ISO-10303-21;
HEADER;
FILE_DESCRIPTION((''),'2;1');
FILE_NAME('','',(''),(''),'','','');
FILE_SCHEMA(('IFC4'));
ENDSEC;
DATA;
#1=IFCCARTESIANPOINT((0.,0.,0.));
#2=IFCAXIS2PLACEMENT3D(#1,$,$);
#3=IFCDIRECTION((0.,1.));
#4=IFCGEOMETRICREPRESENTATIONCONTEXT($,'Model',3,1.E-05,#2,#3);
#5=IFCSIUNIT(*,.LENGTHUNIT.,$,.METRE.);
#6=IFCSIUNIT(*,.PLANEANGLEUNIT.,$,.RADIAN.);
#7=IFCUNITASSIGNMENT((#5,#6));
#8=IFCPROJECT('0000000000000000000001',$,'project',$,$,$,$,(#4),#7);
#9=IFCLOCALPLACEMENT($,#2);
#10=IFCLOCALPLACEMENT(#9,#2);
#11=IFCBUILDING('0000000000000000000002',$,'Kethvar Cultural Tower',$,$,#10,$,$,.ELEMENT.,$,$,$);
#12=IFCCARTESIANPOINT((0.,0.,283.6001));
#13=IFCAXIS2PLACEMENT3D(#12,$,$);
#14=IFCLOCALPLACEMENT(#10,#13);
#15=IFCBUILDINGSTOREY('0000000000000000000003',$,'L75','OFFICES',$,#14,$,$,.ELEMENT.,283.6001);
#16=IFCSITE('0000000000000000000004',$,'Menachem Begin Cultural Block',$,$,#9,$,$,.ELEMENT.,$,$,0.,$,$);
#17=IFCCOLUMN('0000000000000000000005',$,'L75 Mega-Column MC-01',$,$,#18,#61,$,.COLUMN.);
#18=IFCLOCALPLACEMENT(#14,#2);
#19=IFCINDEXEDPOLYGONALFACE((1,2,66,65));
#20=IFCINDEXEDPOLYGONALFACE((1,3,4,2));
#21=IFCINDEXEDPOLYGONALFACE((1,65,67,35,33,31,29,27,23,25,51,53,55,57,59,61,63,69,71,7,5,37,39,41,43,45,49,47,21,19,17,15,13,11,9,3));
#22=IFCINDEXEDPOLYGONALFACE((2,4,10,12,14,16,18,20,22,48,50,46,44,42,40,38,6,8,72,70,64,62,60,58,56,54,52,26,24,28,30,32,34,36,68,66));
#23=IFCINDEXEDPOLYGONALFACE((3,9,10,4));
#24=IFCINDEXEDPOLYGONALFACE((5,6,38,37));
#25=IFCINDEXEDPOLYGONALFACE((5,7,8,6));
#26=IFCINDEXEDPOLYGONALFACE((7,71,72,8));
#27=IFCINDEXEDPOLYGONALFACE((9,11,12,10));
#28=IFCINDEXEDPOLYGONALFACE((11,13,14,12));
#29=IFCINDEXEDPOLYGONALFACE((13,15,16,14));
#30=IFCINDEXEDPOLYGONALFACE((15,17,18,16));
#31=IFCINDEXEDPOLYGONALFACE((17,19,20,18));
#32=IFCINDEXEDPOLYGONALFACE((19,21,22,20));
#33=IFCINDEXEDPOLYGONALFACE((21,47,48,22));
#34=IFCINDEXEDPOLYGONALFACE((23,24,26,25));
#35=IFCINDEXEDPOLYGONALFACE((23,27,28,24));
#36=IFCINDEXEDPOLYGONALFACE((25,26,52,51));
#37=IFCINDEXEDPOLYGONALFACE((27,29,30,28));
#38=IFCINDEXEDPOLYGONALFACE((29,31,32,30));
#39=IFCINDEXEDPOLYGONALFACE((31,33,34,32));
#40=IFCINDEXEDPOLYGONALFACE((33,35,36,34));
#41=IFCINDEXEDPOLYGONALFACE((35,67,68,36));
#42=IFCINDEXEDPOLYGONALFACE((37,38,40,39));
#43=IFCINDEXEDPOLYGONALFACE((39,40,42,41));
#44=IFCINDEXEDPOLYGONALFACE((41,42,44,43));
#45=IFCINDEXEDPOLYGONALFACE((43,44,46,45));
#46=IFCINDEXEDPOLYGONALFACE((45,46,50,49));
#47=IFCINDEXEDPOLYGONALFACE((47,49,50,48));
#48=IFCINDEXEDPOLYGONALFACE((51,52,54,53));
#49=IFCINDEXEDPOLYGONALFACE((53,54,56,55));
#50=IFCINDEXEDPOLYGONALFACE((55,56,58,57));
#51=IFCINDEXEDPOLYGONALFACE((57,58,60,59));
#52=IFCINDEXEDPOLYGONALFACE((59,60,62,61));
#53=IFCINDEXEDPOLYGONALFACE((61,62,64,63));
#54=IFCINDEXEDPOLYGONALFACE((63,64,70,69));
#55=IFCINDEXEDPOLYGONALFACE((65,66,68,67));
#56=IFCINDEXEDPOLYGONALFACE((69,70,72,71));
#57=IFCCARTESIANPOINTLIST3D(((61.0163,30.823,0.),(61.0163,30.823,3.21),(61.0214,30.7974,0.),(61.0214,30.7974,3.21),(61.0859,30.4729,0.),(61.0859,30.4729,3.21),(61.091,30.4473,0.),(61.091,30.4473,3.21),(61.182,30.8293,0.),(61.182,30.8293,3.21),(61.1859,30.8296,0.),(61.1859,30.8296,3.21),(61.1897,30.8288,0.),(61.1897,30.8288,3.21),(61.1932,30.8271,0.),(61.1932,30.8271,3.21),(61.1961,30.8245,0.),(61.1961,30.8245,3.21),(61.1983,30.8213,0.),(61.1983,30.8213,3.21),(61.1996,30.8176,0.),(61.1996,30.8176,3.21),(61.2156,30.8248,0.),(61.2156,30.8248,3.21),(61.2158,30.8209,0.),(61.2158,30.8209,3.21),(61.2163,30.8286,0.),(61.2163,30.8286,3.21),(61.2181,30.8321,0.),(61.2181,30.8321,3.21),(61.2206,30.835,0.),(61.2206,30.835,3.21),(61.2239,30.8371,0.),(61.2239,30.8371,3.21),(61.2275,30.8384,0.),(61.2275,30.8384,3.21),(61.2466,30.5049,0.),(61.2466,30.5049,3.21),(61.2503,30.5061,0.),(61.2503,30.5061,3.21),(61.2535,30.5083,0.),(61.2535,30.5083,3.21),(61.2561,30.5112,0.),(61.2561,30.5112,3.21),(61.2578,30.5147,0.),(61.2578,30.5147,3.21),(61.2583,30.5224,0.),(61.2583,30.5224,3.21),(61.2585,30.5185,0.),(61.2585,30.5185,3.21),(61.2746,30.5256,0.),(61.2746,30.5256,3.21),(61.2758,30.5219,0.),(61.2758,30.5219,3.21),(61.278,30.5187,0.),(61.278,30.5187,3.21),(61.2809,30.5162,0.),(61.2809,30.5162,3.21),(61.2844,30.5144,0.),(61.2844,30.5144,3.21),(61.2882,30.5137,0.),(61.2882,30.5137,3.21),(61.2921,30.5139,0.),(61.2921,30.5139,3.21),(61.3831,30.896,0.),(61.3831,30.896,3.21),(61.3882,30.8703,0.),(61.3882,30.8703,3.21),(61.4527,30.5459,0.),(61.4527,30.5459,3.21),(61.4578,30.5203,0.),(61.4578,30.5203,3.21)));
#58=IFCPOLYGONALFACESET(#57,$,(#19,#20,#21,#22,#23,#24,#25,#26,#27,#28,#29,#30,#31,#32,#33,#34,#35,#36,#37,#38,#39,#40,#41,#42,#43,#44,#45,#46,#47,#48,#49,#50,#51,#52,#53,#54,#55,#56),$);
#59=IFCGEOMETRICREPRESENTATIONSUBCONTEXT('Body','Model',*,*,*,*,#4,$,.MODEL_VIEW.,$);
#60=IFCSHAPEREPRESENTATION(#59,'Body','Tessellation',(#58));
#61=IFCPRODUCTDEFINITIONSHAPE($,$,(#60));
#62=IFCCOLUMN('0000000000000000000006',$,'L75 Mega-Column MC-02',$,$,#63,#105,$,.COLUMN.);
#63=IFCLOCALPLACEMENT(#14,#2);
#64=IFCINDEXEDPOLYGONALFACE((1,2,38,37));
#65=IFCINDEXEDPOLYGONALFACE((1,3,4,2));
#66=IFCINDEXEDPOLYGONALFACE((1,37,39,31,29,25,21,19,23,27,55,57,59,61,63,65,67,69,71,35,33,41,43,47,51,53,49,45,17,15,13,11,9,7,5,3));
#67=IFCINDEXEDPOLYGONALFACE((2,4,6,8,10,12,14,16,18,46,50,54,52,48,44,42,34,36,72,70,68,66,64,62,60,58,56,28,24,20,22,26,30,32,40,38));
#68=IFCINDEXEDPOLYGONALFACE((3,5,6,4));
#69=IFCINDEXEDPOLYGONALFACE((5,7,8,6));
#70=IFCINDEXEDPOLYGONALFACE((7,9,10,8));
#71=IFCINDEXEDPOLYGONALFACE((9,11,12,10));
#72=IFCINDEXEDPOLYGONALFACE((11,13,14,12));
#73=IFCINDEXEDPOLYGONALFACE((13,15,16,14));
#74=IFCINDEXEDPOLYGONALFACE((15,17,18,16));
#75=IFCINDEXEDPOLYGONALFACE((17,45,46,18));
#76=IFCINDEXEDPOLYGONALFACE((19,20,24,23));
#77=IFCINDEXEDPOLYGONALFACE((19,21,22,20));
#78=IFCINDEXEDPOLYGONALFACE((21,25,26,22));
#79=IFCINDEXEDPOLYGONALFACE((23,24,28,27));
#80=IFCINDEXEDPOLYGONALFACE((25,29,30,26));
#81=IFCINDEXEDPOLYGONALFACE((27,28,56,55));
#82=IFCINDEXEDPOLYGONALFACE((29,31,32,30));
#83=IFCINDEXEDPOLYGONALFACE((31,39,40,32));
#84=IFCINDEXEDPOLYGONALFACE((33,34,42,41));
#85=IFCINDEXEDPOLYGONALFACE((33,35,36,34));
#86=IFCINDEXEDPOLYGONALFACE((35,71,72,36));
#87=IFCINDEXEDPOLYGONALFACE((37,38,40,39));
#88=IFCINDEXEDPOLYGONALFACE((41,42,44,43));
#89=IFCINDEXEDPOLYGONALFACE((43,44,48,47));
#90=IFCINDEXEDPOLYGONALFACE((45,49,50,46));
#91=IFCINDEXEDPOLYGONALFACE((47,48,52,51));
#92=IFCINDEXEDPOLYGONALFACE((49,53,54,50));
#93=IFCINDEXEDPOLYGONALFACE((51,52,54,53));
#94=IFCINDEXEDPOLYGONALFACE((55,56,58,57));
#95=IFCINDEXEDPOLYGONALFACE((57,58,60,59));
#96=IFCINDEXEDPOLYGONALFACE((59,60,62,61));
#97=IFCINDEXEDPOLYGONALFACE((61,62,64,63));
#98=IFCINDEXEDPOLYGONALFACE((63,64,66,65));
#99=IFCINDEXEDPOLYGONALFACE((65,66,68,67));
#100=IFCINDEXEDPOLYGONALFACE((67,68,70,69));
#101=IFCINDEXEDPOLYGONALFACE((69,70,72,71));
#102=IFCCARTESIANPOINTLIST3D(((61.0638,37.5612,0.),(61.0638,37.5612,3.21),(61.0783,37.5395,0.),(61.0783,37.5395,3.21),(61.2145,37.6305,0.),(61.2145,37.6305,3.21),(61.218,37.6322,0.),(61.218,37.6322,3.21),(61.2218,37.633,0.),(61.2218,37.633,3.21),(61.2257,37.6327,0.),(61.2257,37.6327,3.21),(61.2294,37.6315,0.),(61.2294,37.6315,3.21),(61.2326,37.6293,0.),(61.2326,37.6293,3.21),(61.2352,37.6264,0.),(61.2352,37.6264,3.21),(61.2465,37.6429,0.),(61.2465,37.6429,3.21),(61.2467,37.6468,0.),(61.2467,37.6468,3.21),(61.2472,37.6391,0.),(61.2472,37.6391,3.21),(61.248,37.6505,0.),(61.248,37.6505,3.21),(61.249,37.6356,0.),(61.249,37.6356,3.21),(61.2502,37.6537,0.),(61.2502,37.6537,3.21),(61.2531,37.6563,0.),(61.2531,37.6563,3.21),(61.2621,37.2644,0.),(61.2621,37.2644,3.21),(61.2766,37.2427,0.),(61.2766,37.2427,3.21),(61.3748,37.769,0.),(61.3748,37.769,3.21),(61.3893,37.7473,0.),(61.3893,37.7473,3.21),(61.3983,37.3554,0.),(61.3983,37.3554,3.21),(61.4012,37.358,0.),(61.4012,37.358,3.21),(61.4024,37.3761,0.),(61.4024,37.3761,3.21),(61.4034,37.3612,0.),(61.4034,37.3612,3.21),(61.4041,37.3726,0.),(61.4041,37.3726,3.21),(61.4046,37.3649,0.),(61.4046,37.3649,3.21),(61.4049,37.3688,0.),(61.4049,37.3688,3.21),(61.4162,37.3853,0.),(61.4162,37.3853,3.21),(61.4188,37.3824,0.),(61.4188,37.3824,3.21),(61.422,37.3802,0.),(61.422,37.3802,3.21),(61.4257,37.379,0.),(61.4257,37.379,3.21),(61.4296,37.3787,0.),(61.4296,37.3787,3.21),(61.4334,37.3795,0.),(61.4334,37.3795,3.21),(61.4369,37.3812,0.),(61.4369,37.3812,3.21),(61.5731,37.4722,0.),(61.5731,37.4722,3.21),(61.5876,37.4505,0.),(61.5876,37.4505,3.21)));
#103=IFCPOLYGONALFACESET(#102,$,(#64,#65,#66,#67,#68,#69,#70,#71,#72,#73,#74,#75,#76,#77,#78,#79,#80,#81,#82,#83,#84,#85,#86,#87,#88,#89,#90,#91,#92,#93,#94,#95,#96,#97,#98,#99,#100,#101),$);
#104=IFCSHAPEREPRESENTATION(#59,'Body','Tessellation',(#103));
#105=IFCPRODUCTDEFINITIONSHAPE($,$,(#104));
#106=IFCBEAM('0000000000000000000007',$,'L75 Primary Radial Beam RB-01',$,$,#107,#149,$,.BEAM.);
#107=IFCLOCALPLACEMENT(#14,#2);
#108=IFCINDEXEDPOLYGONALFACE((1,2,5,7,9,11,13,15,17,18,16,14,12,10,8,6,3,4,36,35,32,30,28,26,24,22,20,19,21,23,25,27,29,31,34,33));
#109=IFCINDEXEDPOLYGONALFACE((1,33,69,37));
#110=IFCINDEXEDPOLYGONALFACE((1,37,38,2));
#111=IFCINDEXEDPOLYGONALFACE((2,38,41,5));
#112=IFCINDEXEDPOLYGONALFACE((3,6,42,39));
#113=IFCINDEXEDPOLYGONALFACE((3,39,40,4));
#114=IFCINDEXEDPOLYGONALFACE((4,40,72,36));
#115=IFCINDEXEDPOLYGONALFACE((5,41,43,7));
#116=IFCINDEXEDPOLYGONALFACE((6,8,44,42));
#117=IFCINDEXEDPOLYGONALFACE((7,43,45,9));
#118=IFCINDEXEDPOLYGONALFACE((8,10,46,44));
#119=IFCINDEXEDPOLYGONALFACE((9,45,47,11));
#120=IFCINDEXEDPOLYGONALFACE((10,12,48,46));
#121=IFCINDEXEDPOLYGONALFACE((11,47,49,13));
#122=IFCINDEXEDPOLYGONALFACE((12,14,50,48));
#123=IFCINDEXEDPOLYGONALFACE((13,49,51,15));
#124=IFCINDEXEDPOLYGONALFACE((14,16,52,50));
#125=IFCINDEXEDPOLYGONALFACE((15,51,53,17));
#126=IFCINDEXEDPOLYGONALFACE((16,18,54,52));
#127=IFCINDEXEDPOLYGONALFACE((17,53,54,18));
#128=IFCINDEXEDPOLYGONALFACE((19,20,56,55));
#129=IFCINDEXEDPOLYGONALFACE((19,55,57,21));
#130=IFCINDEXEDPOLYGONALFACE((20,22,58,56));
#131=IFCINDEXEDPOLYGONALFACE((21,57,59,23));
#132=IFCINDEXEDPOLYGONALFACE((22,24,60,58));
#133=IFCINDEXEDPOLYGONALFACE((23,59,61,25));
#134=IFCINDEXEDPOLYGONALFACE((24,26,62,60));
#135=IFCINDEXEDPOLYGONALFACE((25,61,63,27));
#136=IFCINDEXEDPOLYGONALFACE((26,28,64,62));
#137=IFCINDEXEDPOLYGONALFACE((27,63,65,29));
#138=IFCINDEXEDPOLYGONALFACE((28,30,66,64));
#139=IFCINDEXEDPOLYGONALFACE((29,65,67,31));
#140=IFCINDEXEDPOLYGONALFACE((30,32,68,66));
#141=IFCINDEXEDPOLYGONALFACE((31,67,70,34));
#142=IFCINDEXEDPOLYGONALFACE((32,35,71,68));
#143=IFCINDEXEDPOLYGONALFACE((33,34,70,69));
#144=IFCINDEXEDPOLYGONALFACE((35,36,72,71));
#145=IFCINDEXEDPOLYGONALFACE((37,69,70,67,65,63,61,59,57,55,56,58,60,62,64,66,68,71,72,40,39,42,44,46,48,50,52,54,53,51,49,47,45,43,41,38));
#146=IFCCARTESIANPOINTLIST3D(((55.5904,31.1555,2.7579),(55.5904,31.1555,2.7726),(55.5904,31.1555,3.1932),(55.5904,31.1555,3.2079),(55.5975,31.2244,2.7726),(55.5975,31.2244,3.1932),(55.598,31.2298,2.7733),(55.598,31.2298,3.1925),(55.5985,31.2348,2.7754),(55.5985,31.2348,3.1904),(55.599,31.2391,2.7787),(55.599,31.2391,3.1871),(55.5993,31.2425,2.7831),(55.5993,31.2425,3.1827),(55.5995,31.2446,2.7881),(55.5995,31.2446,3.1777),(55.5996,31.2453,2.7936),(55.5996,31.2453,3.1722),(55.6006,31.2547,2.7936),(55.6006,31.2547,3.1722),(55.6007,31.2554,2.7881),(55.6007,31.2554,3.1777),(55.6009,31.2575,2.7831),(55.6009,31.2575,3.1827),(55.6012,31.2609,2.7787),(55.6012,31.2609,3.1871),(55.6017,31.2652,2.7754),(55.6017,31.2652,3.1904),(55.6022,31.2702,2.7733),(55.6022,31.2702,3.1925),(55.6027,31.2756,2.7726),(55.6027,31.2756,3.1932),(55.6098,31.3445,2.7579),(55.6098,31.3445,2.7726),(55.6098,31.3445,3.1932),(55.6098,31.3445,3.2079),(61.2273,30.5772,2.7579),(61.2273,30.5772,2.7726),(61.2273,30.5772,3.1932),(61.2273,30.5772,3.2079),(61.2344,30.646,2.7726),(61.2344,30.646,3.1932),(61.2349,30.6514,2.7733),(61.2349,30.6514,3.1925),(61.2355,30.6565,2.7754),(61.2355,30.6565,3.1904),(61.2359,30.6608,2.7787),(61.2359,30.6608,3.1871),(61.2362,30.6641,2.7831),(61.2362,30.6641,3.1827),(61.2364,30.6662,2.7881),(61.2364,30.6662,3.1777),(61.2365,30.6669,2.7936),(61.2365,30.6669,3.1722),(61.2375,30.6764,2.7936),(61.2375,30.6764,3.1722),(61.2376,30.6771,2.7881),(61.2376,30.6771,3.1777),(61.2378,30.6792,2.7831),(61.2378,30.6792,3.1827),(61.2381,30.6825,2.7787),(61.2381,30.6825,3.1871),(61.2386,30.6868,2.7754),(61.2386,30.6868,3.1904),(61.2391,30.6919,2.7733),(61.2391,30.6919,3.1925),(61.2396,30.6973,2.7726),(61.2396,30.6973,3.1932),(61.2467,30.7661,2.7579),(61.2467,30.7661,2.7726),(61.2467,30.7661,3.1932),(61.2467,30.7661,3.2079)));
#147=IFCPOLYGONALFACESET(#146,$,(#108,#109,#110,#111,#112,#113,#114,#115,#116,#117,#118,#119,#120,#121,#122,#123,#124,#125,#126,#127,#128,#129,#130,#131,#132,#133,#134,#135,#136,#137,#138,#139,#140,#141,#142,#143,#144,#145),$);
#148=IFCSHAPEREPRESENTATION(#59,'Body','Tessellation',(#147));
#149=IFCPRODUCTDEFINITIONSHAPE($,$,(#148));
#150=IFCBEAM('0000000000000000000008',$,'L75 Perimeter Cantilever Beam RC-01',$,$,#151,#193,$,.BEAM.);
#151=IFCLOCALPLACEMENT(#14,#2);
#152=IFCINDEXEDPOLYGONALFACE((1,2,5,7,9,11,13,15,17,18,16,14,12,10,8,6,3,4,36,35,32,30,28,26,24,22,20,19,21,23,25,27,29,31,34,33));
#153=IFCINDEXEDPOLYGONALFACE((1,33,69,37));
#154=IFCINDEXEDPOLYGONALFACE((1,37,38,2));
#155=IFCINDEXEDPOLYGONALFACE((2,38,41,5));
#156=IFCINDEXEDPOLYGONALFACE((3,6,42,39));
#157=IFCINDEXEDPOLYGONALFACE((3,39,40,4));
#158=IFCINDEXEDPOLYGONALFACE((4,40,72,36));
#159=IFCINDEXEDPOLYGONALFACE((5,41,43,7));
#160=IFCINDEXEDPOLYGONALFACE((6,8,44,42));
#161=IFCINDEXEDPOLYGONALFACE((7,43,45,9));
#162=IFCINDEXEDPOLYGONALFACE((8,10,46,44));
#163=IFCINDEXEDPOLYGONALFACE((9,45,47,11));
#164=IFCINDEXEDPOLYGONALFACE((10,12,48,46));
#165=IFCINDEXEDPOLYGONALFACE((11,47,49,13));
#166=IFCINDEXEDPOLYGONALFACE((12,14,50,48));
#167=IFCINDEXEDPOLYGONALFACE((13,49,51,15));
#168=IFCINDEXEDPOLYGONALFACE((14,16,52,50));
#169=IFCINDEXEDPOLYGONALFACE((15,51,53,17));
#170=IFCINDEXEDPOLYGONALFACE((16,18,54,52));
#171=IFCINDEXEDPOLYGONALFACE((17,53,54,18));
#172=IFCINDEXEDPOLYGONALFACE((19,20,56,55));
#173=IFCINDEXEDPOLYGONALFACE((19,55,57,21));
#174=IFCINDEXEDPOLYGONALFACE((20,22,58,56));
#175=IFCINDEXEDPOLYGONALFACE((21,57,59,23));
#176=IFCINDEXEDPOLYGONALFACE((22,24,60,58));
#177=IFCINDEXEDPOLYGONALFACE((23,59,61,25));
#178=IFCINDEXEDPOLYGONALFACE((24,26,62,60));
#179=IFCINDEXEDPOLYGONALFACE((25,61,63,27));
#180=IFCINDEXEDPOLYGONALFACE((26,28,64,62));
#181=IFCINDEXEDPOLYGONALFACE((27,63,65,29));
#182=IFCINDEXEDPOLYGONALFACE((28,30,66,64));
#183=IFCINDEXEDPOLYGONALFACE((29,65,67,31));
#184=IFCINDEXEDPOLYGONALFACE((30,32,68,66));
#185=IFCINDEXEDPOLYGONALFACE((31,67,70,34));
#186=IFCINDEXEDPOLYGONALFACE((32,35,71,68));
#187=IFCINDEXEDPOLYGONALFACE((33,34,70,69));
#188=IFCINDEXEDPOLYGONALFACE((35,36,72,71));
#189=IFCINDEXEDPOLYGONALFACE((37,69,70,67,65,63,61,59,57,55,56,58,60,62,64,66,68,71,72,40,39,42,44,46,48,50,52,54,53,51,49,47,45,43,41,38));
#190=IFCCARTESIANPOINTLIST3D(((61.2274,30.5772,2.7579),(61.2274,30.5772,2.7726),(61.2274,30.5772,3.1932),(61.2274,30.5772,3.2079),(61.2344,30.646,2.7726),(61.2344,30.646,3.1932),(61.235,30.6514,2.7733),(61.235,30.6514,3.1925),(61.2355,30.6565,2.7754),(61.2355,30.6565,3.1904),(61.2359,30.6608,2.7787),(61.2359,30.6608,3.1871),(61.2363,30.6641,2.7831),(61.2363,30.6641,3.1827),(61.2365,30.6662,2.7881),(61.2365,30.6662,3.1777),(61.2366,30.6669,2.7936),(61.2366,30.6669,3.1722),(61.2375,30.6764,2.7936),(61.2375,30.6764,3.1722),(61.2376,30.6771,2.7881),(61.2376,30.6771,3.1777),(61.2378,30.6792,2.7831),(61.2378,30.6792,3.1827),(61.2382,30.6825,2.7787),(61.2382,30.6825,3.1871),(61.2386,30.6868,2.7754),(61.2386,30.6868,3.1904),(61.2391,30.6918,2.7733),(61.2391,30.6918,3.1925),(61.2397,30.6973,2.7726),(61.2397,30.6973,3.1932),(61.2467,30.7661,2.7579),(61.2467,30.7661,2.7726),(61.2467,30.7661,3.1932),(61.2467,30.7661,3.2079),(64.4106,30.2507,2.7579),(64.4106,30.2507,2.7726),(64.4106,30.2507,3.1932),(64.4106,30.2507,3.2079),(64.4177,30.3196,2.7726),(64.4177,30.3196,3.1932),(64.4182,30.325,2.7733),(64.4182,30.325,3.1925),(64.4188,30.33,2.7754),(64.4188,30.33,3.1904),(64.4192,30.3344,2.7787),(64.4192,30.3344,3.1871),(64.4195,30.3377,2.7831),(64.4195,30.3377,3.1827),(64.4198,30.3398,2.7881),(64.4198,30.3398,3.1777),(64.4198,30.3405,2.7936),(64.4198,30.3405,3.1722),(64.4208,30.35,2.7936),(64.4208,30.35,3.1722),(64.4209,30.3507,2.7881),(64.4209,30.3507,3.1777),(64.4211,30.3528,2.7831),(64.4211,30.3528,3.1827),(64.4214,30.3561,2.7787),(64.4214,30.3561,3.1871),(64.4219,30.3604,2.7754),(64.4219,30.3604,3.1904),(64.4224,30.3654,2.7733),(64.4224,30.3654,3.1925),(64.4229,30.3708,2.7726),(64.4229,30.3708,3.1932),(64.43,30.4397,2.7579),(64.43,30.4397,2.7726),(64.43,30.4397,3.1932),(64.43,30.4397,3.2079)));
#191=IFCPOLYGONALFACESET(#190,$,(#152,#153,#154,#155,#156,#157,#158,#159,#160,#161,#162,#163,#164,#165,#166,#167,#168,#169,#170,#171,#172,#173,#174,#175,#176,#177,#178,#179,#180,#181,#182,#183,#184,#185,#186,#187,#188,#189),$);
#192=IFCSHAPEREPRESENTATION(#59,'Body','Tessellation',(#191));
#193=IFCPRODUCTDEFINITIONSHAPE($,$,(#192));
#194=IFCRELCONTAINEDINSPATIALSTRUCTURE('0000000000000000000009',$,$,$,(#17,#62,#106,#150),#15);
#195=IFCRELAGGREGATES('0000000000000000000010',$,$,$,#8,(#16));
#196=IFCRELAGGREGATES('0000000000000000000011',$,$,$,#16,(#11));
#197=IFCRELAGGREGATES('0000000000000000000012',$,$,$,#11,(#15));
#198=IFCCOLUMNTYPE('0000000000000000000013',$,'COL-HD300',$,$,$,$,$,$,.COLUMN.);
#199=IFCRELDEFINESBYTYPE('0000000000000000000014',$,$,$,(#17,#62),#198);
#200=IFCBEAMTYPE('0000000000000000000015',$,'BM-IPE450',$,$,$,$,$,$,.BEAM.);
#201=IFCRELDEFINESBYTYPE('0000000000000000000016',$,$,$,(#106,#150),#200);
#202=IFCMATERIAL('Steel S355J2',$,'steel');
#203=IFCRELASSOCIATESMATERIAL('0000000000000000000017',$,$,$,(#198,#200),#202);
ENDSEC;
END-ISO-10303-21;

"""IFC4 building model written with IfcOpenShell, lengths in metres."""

from ifc_helpers import new_model, si_unit, direction, frame, origin, origin_2d, place, context, subcontext, project, spatial, i_section, extrude, source, transform, mapped, material, material_profile, profile_set, type_object, element, save


model = new_model("IFC4")

# Units and contexts
model_context = context("Model", 3, precision=1e-05, world=origin(), true_north=direction((0.0, 1.0)))
body_context = subcontext(model_context, "Body", "Model", "MODEL_VIEW")
ifc_project = project(units=[si_unit("LENGTHUNIT", "METRE"), si_unit("PLANEANGLEUNIT", "RADIAN")], contexts=[model_context])

# Site, building, storey
site_placement = place(None, origin())
site = spatial("IfcSite", under=ifc_project, at=site_placement, Name="Menachem Begin Cultural Block", CompositionType="ELEMENT", RefElevation=0.0)
building_placement = place(site_placement, origin())
building = spatial("IfcBuilding", under=site, at=building_placement, Name="Kethvar Cultural Tower", CompositionType="ELEMENT")
storey_placement = place(building_placement, frame((0.0, 0.0, 283.6001)))
storey = spatial("IfcBuildingStorey", under=building, at=storey_placement, Name="L75", Description="OFFICES", CompositionType="ELEMENT", Elevation=283.6001)

# Columns
ifc_material_1 = material(Name="Steel S355J2", Category="steel")
ifc_material_profile_1 = material_profile(ifc_material_1, i_section(OverallWidth=0.374, OverallDepth=0.3831, WebThickness=0.0166, FlangeThickness=0.0261, FilletRadius=0.0149, at=origin_2d()), Name="Steel S355J2 — HD360x300")
ifc_profile_set_1 = profile_set([ifc_material_profile_1], Name="Steel S355J2 — HD360x300")
column_type = type_object("IfcColumnType", Name="COL-HD300", PredefinedType="COLUMN", material=ifc_profile_set_1)
shared_shape_1 = source(origin(), body_context, "Body", "SweptSolid", [
    extrude(i_section(OverallWidth=0.374, OverallDepth=0.3831, WebThickness=0.0166, FlangeThickness=0.0261, FilletRadius=0.0149, at=origin_2d()), origin(), (0.0, 0.0, 1.0), 3.21),
])
for number, where, z_axis, x_axis, name in (
    (1, (61.2371, 30.6716, 0.0), (0.0, 0.0, 1.0), (0.980785, 0.19509, 0.0), "L75 Mega-Column MC-01"),
    (2, (61.3257, 37.5059, 0.0), (0.0, 0.0, 1.0), (0.83147, 0.55557, 0.0), "L75 Mega-Column MC-02"),
):
    element("IfcColumn", number, at=place(storey_placement, frame(where, z_axis=z_axis, x_axis=x_axis)), inside=storey, type_object=column_type, Name=name, PredefinedType="COLUMN", context=body_context, shape_type="MappedRepresentation", body=[
        mapped(shared_shape_1, transform((0.0, 0.0, 0.0), scale=1.0)),
    ])

# Beams
ifc_material_profile_2 = material_profile(ifc_material_1, i_section(OverallWidth=0.1899, OverallDepth=0.45, WebThickness=0.0095, FlangeThickness=0.0146, FilletRadius=0.021, at=origin_2d()), Name="Steel S355J2 — IPE450")
ifc_profile_set_2 = profile_set([ifc_material_profile_2], Name="Steel S355J2 — IPE450")
beam_type_1 = type_object("IfcBeamType", Name="BM-IPE450", PredefinedType="BEAM", material=ifc_profile_set_2)
shared_shape_2 = source(origin(), body_context, "Body", "SweptSolid", [
    extrude(i_section(OverallWidth=0.1899, OverallDepth=0.45, WebThickness=0.0095, FlangeThickness=0.0146, FilletRadius=0.021, at=origin_2d()), origin(), (0.0, 0.0, 1.0), 5.6665),
])
beam_1_placement = place(storey_placement, frame((55.6001, 31.25, 2.9829), z_axis=(0.994778, -0.102067, 0.0), x_axis=(0.102067, 0.994778, 0.0)))
element("IfcBeam", 3, at=beam_1_placement, inside=storey, type_object=beam_type_1, Name="L75 Primary Radial Beam RB-01", PredefinedType="BEAM", context=body_context, shape_type="MappedRepresentation", body=[
    mapped(shared_shape_2, transform((0.0, 0.0, 0.0), scale=1.0)),
])
shared_shape_3 = source(origin(), body_context, "Body", "SweptSolid", [
    extrude(i_section(OverallWidth=0.1899, OverallDepth=0.45, WebThickness=0.0095, FlangeThickness=0.0146, FilletRadius=0.021, at=origin_2d()), origin(), (0.0, 0.0, 1.0), 3.2),
])
for number, where, z_axis, x_axis, name in (
    (4, (61.2371, 30.6716, 2.9829), (0.994784, -0.102004, 0.0), (0.102004, 0.994784, 0.0), "L75 Perimeter Cantilever Beam RC-01"),
):
    element("IfcBeam", number, at=place(storey_placement, frame(where, z_axis=z_axis, x_axis=x_axis)), inside=storey, type_object=beam_type_1, Name=name, PredefinedType="BEAM", context=body_context, shape_type="MappedRepresentation", body=[
        mapped(shared_shape_3, transform((0.0, 0.0, 0.0), scale=1.0)),
    ])

save(model, "model.ifc")
